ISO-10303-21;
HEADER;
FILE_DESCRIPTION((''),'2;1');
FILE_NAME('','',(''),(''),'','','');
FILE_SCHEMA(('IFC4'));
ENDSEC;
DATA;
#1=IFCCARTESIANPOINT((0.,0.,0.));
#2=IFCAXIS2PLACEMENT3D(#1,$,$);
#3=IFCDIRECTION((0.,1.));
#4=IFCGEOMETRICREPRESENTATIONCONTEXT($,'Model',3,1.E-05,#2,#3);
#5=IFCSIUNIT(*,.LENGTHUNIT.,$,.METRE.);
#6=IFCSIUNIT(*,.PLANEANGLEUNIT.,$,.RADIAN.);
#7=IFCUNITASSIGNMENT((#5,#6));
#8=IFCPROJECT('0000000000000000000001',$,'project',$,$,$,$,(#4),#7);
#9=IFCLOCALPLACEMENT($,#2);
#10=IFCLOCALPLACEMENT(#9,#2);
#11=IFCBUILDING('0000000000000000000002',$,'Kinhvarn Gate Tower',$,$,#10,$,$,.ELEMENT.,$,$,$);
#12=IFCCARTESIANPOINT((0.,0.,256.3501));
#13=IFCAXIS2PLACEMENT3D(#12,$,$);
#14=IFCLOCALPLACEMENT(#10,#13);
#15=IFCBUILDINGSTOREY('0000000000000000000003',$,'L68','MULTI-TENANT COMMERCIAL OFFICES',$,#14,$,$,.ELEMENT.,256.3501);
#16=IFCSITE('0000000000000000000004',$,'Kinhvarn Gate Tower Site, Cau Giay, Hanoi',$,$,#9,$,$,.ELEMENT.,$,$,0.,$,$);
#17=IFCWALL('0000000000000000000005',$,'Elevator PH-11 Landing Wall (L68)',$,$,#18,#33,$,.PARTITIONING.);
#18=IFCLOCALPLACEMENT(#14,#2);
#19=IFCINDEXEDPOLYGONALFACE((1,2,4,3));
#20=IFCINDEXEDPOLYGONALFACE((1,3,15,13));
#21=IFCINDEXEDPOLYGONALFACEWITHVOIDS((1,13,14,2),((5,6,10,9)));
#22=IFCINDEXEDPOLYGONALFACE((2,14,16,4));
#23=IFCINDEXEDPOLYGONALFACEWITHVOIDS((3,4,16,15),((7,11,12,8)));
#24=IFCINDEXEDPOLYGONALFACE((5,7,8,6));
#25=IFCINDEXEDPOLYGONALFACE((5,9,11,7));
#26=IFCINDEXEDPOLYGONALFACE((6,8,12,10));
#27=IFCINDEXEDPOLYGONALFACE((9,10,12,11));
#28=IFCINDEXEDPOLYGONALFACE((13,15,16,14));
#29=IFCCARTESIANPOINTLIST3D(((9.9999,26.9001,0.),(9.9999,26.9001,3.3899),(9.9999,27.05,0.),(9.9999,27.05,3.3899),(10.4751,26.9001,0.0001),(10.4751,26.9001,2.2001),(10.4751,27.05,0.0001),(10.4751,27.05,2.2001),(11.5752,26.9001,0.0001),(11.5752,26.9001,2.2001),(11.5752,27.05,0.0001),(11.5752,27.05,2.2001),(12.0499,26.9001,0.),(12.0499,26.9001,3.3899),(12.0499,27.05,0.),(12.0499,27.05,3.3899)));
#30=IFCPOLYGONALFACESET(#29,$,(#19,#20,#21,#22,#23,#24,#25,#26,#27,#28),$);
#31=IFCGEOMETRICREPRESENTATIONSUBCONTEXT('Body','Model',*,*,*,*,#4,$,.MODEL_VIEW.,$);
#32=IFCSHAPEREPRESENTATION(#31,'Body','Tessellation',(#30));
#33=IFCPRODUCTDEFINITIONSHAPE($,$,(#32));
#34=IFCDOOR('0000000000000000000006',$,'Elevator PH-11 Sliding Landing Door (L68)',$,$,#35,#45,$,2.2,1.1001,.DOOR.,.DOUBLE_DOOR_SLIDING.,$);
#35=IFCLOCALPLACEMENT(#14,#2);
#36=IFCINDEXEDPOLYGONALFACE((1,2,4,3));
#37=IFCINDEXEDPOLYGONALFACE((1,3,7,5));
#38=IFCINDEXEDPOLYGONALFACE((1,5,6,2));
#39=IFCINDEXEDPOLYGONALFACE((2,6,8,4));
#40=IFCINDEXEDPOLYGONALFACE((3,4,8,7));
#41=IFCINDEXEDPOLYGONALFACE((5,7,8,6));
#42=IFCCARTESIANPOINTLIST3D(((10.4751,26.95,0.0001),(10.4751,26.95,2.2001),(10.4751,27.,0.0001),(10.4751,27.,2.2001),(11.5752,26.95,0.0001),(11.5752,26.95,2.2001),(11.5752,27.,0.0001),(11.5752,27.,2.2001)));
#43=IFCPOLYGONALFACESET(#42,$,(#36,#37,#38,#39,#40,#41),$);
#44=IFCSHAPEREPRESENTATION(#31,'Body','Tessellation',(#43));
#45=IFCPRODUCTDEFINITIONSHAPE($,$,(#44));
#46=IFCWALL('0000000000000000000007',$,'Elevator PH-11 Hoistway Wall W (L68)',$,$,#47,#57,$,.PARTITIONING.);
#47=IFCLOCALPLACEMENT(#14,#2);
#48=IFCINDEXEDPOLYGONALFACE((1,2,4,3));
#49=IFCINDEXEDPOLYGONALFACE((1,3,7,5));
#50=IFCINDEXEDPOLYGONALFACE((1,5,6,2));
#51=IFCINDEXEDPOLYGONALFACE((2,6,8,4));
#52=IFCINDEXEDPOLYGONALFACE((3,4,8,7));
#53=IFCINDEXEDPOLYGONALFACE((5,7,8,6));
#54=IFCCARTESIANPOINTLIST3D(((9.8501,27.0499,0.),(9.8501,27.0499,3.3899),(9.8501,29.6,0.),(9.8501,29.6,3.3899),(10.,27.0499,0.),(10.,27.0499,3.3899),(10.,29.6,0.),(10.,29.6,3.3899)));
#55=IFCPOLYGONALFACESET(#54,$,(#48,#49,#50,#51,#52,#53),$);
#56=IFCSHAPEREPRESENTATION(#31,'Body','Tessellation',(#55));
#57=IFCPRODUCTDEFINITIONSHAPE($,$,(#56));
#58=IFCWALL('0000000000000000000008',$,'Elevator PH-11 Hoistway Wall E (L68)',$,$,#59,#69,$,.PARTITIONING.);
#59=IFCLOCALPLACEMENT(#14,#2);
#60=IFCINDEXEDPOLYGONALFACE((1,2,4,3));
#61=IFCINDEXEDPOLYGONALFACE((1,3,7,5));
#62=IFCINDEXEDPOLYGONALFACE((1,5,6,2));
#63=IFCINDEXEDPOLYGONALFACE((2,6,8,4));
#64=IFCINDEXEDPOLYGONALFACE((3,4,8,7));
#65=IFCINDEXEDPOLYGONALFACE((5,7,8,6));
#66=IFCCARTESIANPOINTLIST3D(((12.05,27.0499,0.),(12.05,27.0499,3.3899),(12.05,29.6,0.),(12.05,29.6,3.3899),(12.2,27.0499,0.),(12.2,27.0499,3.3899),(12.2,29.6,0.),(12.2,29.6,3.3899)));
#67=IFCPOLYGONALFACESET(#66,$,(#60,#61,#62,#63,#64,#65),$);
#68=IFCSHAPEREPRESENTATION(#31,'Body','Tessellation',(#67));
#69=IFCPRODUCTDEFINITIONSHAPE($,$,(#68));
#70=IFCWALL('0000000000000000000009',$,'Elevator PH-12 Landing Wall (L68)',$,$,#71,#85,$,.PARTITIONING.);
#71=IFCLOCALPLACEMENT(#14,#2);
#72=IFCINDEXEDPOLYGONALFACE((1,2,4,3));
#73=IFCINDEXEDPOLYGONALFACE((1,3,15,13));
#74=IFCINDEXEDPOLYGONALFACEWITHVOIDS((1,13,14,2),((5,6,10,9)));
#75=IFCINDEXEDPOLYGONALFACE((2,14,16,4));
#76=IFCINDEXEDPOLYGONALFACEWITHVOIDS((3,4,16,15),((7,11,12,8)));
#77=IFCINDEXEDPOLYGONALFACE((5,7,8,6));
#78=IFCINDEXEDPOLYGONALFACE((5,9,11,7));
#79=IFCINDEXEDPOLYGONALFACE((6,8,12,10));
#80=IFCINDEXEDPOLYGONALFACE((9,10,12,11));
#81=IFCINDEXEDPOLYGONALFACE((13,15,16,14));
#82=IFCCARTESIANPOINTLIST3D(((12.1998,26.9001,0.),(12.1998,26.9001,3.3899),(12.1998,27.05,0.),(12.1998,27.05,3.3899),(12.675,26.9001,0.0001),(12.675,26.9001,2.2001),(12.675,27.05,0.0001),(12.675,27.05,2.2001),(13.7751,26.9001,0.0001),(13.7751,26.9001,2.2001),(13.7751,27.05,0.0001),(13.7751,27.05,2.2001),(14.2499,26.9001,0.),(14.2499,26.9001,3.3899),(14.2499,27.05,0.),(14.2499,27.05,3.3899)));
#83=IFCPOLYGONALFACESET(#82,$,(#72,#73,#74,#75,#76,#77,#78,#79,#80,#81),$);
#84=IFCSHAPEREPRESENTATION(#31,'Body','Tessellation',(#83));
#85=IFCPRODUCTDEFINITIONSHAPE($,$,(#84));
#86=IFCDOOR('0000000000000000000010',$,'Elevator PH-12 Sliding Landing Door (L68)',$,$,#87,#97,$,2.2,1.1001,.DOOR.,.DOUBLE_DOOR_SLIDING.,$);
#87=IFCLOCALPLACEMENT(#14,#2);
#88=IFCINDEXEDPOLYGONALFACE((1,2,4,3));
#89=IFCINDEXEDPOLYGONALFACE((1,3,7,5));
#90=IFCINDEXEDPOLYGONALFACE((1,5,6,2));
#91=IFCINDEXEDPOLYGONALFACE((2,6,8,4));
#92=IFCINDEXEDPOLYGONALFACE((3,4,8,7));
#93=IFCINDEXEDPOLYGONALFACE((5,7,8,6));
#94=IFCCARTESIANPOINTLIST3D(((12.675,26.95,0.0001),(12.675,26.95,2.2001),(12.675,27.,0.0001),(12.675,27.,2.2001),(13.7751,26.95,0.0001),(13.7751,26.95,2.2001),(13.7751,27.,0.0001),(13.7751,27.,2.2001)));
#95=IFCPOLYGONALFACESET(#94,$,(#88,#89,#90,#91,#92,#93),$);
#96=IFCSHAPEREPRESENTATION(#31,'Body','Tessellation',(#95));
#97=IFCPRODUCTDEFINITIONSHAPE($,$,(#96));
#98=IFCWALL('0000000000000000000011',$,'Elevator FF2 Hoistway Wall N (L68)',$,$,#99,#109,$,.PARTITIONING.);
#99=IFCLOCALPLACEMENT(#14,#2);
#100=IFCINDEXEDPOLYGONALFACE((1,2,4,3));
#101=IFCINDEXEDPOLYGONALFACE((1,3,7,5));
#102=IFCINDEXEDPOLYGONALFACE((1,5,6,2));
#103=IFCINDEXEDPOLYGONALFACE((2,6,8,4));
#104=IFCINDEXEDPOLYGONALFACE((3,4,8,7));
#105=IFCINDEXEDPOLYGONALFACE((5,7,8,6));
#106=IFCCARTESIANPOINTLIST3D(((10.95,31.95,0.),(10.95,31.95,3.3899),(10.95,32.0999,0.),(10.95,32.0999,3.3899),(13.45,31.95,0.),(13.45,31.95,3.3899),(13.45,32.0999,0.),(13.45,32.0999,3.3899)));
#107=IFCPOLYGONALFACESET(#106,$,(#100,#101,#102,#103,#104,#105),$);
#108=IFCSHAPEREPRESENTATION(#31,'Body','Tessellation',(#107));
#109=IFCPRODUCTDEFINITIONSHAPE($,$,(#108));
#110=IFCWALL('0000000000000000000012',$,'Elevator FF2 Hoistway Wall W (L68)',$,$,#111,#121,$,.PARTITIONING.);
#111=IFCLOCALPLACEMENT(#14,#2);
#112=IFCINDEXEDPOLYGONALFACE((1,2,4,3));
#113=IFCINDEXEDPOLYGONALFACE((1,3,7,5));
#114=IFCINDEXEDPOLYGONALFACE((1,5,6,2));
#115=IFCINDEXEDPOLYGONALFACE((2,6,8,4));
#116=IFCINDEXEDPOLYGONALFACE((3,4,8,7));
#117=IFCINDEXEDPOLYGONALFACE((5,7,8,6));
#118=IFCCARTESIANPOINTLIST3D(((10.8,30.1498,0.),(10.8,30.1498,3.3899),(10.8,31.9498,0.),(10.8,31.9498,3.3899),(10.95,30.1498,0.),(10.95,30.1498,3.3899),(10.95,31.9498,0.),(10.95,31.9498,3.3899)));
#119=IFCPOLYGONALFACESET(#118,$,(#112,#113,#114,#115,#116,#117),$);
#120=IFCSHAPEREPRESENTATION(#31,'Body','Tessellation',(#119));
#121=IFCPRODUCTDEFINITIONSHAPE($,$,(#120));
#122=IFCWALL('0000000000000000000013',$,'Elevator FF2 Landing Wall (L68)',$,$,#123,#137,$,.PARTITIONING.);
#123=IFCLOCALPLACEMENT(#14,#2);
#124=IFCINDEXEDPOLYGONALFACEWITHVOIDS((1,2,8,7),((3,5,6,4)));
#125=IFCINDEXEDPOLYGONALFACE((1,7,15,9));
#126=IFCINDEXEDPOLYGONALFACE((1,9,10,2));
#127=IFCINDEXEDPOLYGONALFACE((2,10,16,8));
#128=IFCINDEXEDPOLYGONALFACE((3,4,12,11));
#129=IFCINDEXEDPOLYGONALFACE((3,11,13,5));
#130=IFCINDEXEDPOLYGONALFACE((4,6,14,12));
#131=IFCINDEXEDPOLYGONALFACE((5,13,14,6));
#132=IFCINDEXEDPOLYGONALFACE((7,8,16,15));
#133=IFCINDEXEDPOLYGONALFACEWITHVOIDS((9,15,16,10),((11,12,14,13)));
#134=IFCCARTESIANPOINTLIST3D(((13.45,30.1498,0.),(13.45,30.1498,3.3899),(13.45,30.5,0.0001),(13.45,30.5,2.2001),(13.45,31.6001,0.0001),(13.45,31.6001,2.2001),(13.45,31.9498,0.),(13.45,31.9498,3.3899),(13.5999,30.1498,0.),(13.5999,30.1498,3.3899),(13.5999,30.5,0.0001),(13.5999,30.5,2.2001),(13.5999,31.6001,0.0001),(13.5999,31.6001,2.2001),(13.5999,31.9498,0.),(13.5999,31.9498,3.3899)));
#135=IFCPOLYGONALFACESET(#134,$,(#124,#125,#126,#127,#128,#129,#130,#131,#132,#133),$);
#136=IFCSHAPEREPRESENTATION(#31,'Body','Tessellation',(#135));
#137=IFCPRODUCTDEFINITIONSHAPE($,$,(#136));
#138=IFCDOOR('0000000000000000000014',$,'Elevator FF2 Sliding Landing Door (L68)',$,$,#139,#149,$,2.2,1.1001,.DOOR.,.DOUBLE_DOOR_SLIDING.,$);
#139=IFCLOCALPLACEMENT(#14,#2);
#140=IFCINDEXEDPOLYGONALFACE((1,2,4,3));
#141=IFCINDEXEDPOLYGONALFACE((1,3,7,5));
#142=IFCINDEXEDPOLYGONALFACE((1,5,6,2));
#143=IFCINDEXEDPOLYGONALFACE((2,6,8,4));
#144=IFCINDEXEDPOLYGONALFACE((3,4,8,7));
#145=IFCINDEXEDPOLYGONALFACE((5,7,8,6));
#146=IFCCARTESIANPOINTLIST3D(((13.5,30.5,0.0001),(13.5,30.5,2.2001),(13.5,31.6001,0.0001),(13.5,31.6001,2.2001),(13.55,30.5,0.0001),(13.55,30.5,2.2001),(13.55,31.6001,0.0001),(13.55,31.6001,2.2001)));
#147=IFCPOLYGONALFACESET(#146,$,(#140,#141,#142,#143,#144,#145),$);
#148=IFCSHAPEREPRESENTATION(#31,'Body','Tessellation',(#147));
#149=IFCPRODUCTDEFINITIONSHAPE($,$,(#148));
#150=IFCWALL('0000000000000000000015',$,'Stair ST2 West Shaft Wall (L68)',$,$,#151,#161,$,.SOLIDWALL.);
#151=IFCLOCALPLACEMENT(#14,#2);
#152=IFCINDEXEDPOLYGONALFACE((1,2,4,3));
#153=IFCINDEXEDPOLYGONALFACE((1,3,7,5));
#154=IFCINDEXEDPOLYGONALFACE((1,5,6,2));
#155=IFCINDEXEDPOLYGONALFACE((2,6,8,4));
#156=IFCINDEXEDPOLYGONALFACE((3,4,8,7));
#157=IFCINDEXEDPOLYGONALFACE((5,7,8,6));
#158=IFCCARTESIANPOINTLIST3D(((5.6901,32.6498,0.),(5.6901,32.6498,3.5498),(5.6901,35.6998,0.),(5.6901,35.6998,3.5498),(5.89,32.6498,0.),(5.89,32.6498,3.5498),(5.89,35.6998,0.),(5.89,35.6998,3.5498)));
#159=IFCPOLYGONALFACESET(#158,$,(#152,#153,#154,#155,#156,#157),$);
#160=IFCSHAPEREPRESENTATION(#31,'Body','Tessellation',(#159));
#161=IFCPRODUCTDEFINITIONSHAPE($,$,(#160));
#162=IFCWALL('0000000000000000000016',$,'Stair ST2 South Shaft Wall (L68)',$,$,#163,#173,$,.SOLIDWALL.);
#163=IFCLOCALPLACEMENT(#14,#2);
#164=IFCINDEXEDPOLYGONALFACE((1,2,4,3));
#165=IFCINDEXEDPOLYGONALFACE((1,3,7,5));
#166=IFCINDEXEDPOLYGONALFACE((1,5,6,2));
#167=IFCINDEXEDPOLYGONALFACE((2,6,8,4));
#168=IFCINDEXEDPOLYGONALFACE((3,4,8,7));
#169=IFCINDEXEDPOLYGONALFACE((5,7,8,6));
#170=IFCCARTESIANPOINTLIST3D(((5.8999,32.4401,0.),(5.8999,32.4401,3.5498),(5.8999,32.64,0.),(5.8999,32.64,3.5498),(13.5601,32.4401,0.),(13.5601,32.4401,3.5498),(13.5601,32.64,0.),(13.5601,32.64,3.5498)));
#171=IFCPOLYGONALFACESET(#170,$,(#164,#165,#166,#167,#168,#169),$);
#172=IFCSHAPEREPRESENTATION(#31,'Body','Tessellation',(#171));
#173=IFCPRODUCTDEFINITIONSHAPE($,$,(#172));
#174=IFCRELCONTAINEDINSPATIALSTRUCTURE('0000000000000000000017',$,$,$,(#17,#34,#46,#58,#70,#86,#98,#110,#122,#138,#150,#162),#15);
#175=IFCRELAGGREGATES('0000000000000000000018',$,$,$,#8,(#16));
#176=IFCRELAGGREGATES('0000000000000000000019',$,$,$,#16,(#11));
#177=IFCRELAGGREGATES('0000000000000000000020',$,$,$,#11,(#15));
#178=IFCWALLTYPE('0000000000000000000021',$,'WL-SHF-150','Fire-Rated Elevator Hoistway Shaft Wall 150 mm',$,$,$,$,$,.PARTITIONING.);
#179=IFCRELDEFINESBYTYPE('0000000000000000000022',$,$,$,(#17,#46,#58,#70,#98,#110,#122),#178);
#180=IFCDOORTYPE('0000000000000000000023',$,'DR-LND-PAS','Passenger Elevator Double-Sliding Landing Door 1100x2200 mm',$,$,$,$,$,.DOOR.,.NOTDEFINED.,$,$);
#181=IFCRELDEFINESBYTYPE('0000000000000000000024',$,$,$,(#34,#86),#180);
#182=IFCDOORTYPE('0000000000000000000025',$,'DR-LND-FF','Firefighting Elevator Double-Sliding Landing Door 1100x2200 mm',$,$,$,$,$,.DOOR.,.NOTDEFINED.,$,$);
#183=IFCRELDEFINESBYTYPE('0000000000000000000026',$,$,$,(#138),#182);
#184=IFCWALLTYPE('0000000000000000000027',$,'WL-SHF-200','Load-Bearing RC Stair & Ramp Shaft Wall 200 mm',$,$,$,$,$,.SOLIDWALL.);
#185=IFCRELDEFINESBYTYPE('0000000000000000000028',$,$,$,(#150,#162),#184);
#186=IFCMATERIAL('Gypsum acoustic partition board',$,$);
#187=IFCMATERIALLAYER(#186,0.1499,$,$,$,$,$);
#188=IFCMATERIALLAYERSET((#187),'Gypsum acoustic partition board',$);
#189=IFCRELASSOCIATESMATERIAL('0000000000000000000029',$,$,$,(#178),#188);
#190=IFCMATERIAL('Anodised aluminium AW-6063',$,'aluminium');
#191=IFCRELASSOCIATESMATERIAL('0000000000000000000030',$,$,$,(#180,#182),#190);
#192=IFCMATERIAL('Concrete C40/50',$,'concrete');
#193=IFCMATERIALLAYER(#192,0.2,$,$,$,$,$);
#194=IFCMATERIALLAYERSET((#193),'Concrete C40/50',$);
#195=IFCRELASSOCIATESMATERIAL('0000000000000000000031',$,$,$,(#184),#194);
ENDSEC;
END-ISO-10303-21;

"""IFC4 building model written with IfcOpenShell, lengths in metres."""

from ifc_helpers import new_model, si_unit, direction, frame, frame_2d, origin, place, context, subcontext, project, spatial, rectangle, extrude, material, layer, layer_set, type_object, element, fill, save


model = new_model("IFC4")

# Units and contexts
model_context = context("Model", 3, precision=1e-05, world=origin(), true_north=direction((0.0, 1.0)))
body_context = subcontext(model_context, "Body", "Model", "MODEL_VIEW")
ifc_project = project(units=[si_unit("LENGTHUNIT", "METRE"), si_unit("PLANEANGLEUNIT", "RADIAN")], contexts=[model_context])

# Site, building, storey
site_placement = place(None, origin())
site = spatial("IfcSite", under=ifc_project, at=site_placement, Name="Kinhvarn Gate Tower Site, Cau Giay, Hanoi", CompositionType="ELEMENT", RefElevation=0.0)
building_placement = place(site_placement, origin())
building = spatial("IfcBuilding", under=site, at=building_placement, Name="Kinhvarn Gate Tower", CompositionType="ELEMENT")
storey_placement = place(building_placement, frame((0.0, 0.0, 256.3501)))
storey = spatial("IfcBuildingStorey", under=building, at=storey_placement, Name="L68", Description="MULTI-TENANT COMMERCIAL OFFICES", CompositionType="ELEMENT", Elevation=256.3501)

# Shared definitions
ifc_material_1 = material(Name="Gypsum acoustic partition board")

# Shared definitions
ifc_material_2 = material(Name="Anodised aluminium AW-6063", Category="aluminium")

# Wall, opening, door
ifc_layer_1 = layer(ifc_material_1, 0.1499)
ifc_layer_set_1 = layer_set([ifc_layer_1], Name="Gypsum acoustic partition board")
wall_type_1 = type_object("IfcWallType", Name="WL-SHF-150", Description="Fire-Rated Elevator Hoistway Shaft Wall 150 mm", PredefinedType="PARTITIONING", material=ifc_layer_set_1)
door_type_1 = type_object("IfcDoorType", Name="DR-LND-PAS", Description="Passenger Elevator Double-Sliding Landing Door 1100x2200 mm", OperationType="NOTDEFINED", PredefinedType="DOOR", material=ifc_material_2)
wall_1_placement = place(storey_placement, frame((10.0, 26.9751, 0.0), z_axis=(0.0, 0.0, 1.0), x_axis=(1.0, 0.0, 0.0)))
wall_1 = element("IfcWall", 1, at=wall_1_placement, inside=storey, type_object=wall_type_1, Name="Elevator PH-11 Landing Wall (L68)", PredefinedType="PARTITIONING", context=body_context, shape_type="SweptSolid", body=[
    extrude(rectangle(XDim=2.05, YDim=0.1499, at=frame_2d((1.0249, 0.0))), origin(), (0.0, 0.0, 1.0), 3.3899),
])
opening_1_placement = place(wall_1_placement, frame((0.4751, 0.0, 0.0)))
opening_1 = element("IfcOpeningElement", 2, at=opening_1_placement, cuts=wall_1, PredefinedType="OPENING", context=body_context, shape_type="SweptSolid", body=[
    extrude(rectangle(XDim=1.1001, YDim=2.2, at=frame_2d((0.55, 1.1001))), frame((0.0, 0.085, 0.0), z_axis=(0.0, -1.0, 0.0), x_axis=(1.0, 0.0, 0.0)), (0.0, 0.0, 1.0), 0.1699),
])
door_1_placement = place(opening_1_placement, origin())
door_1 = element("IfcDoor", 3, at=door_1_placement, inside=storey, type_object=door_type_1, Name="Elevator PH-11 Sliding Landing Door (L68)", OperationType="DOUBLE_DOOR_SLIDING", OverallHeight=2.2, OverallWidth=1.1001, PredefinedType="DOOR", context=body_context, shape_type="SweptSolid", body=[
    extrude(rectangle(XDim=1.1001, YDim=2.2, at=frame_2d((0.55, 1.1001))), frame((0.0, 0.0249, 0.0), z_axis=(0.0, -1.0, 0.0), x_axis=(1.0, 0.0, 0.0)), (0.0, 0.0, 1.0), 0.05),
])
fill(opening_1, door_1)

# Walls
for number, where, z_axis, x_axis, name in (
    (4, (9.925, 27.05, 0.0), (0.0, 0.0, 1.0), (0.0, 1.0, 0.0), "Elevator PH-11 Hoistway Wall W (L68)"),
    (5, (12.125, 27.05, 0.0), (0.0, 0.0, 1.0), (0.0, 1.0, 0.0), "Elevator PH-11 Hoistway Wall E (L68)"),
):
    element("IfcWall", number, at=place(storey_placement, frame(where, z_axis=z_axis, x_axis=x_axis)), inside=storey, type_object=wall_type_1, Name=name, PredefinedType="PARTITIONING", context=body_context, shape_type="SweptSolid", body=[
        extrude(rectangle(XDim=2.55, YDim=0.1499, at=frame_2d((1.2749, 0.0))), origin(), (0.0, 0.0, 1.0), 3.3899),
    ])

# Wall, opening, door
wall_2_placement = place(storey_placement, frame((12.2, 26.9751, 0.0), z_axis=(0.0, 0.0, 1.0), x_axis=(1.0, 0.0, 0.0)))
wall_2 = element("IfcWall", 6, at=wall_2_placement, inside=storey, type_object=wall_type_1, Name="Elevator PH-12 Landing Wall (L68)", PredefinedType="PARTITIONING", context=body_context, shape_type="SweptSolid", body=[
    extrude(rectangle(XDim=2.05, YDim=0.1499, at=frame_2d((1.0249, 0.0))), origin(), (0.0, 0.0, 1.0), 3.3899),
])
opening_2_placement = place(wall_2_placement, frame((0.4751, 0.0, 0.0)))
opening_2 = element("IfcOpeningElement", 7, at=opening_2_placement, cuts=wall_2, PredefinedType="OPENING", context=body_context, shape_type="SweptSolid", body=[
    extrude(rectangle(XDim=1.1001, YDim=2.2, at=frame_2d((0.55, 1.1001))), frame((0.0, 0.085, 0.0), z_axis=(0.0, -1.0, 0.0), x_axis=(1.0, 0.0, 0.0)), (0.0, 0.0, 1.0), 0.1699),
])
door_2_placement = place(opening_2_placement, origin())
door_2 = element("IfcDoor", 8, at=door_2_placement, inside=storey, type_object=door_type_1, Name="Elevator PH-12 Sliding Landing Door (L68)", OperationType="DOUBLE_DOOR_SLIDING", OverallHeight=2.2, OverallWidth=1.1001, PredefinedType="DOOR", context=body_context, shape_type="SweptSolid", body=[
    extrude(rectangle(XDim=1.1001, YDim=2.2, at=frame_2d((0.55, 1.1001))), frame((0.0, 0.0249, 0.0), z_axis=(0.0, -1.0, 0.0), x_axis=(1.0, 0.0, 0.0)), (0.0, 0.0, 1.0), 0.05),
])
fill(opening_2, door_2)

# Walls
wall_3_placement = place(storey_placement, frame((10.95, 32.0249, 0.0), z_axis=(0.0, 0.0, 1.0), x_axis=(1.0, 0.0, 0.0)))
element("IfcWall", 9, at=wall_3_placement, inside=storey, type_object=wall_type_1, Name="Elevator FF2 Hoistway Wall N (L68)", PredefinedType="PARTITIONING", context=body_context, shape_type="SweptSolid", body=[
    extrude(rectangle(XDim=2.5, YDim=0.1499, at=frame_2d((1.25, 0.0))), origin(), (0.0, 0.0, 1.0), 3.3899),
])
wall_4_placement = place(storey_placement, frame((10.875, 30.1499, 0.0), z_axis=(0.0, 0.0, 1.0), x_axis=(0.0, 1.0, 0.0)))
element("IfcWall", 10, at=wall_4_placement, inside=storey, type_object=wall_type_1, Name="Elevator FF2 Hoistway Wall W (L68)", PredefinedType="PARTITIONING", context=body_context, shape_type="SweptSolid", body=[
    extrude(rectangle(XDim=1.8, YDim=0.1499, at=frame_2d((0.8999, 0.0))), origin(), (0.0, 0.0, 1.0), 3.3899),
])

# Wall, opening, door
wall_5_placement = place(storey_placement, frame((13.5249, 30.1499, 0.0), z_axis=(0.0, 0.0, 1.0), x_axis=(0.0, 1.0, 0.0)))
wall_5 = element("IfcWall", 11, at=wall_5_placement, inside=storey, type_object=wall_type_1, Name="Elevator FF2 Landing Wall (L68)", PredefinedType="PARTITIONING", context=body_context, shape_type="SweptSolid", body=[
    extrude(rectangle(XDim=1.8, YDim=0.1499, at=frame_2d((0.8999, 0.0))), origin(), (0.0, 0.0, 1.0), 3.3899),
])
opening_3_placement = place(wall_5_placement, frame((0.3501, 0.0, 0.0)))
opening_3 = element("IfcOpeningElement", 12, at=opening_3_placement, cuts=wall_5, PredefinedType="OPENING", context=body_context, shape_type="SweptSolid", body=[
    extrude(rectangle(XDim=1.1001, YDim=2.2, at=frame_2d((0.55, 1.1001))), frame((0.0, 0.085, 0.0), z_axis=(0.0, -1.0, 0.0), x_axis=(1.0, 0.0, 0.0)), (0.0, 0.0, 1.0), 0.1699),
])
door_type_2 = type_object("IfcDoorType", Name="DR-LND-FF", Description="Firefighting Elevator Double-Sliding Landing Door 1100x2200 mm", OperationType="NOTDEFINED", PredefinedType="DOOR", material=ifc_material_2)
door_3_placement = place(opening_3_placement, origin())
door_3 = element("IfcDoor", 13, at=door_3_placement, inside=storey, type_object=door_type_2, Name="Elevator FF2 Sliding Landing Door (L68)", OperationType="DOUBLE_DOOR_SLIDING", OverallHeight=2.2, OverallWidth=1.1001, PredefinedType="DOOR", context=body_context, shape_type="SweptSolid", body=[
    extrude(rectangle(XDim=1.1001, YDim=2.2, at=frame_2d((0.55, 1.1001))), frame((0.0, 0.0249, 0.0), z_axis=(0.0, -1.0, 0.0), x_axis=(1.0, 0.0, 0.0)), (0.0, 0.0, 1.0), 0.05),
])
fill(opening_3, door_3)

# Walls
ifc_material_3 = material(Name="Concrete C40/50", Category="concrete")
ifc_layer_2 = layer(ifc_material_3, 0.2)
ifc_layer_set_2 = layer_set([ifc_layer_2], Name="Concrete C40/50")
wall_type_2 = type_object("IfcWallType", Name="WL-SHF-200", Description="Load-Bearing RC Stair & Ramp Shaft Wall 200 mm", PredefinedType="SOLIDWALL", material=ifc_layer_set_2)
wall_6_placement = place(storey_placement, frame((5.79, 32.6499, 0.0), z_axis=(0.0, 0.0, 1.0), x_axis=(0.0, 1.0, 0.0)))
element("IfcWall", 14, at=wall_6_placement, inside=storey, type_object=wall_type_2, Name="Stair ST2 West Shaft Wall (L68)", PredefinedType="SOLIDWALL", context=body_context, shape_type="SweptSolid", body=[
    extrude(rectangle(XDim=3.05, YDim=0.2, at=frame_2d((1.5249, 0.0))), origin(), (0.0, 0.0, 1.0), 3.5498),
])
wall_7_placement = place(storey_placement, frame((5.8999, 32.54, 0.0), z_axis=(0.0, 0.0, 1.0), x_axis=(1.0, 0.0, 0.0)))
element("IfcWall", 15, at=wall_7_placement, inside=storey, type_object=wall_type_2, Name="Stair ST2 South Shaft Wall (L68)", PredefinedType="SOLIDWALL", context=body_context, shape_type="SweptSolid", body=[
    extrude(rectangle(XDim=7.6602, YDim=0.2, at=frame_2d((3.8301, 0.0))), origin(), (0.0, 0.0, 1.0), 3.5498),
])

save(model, "model.ifc")
